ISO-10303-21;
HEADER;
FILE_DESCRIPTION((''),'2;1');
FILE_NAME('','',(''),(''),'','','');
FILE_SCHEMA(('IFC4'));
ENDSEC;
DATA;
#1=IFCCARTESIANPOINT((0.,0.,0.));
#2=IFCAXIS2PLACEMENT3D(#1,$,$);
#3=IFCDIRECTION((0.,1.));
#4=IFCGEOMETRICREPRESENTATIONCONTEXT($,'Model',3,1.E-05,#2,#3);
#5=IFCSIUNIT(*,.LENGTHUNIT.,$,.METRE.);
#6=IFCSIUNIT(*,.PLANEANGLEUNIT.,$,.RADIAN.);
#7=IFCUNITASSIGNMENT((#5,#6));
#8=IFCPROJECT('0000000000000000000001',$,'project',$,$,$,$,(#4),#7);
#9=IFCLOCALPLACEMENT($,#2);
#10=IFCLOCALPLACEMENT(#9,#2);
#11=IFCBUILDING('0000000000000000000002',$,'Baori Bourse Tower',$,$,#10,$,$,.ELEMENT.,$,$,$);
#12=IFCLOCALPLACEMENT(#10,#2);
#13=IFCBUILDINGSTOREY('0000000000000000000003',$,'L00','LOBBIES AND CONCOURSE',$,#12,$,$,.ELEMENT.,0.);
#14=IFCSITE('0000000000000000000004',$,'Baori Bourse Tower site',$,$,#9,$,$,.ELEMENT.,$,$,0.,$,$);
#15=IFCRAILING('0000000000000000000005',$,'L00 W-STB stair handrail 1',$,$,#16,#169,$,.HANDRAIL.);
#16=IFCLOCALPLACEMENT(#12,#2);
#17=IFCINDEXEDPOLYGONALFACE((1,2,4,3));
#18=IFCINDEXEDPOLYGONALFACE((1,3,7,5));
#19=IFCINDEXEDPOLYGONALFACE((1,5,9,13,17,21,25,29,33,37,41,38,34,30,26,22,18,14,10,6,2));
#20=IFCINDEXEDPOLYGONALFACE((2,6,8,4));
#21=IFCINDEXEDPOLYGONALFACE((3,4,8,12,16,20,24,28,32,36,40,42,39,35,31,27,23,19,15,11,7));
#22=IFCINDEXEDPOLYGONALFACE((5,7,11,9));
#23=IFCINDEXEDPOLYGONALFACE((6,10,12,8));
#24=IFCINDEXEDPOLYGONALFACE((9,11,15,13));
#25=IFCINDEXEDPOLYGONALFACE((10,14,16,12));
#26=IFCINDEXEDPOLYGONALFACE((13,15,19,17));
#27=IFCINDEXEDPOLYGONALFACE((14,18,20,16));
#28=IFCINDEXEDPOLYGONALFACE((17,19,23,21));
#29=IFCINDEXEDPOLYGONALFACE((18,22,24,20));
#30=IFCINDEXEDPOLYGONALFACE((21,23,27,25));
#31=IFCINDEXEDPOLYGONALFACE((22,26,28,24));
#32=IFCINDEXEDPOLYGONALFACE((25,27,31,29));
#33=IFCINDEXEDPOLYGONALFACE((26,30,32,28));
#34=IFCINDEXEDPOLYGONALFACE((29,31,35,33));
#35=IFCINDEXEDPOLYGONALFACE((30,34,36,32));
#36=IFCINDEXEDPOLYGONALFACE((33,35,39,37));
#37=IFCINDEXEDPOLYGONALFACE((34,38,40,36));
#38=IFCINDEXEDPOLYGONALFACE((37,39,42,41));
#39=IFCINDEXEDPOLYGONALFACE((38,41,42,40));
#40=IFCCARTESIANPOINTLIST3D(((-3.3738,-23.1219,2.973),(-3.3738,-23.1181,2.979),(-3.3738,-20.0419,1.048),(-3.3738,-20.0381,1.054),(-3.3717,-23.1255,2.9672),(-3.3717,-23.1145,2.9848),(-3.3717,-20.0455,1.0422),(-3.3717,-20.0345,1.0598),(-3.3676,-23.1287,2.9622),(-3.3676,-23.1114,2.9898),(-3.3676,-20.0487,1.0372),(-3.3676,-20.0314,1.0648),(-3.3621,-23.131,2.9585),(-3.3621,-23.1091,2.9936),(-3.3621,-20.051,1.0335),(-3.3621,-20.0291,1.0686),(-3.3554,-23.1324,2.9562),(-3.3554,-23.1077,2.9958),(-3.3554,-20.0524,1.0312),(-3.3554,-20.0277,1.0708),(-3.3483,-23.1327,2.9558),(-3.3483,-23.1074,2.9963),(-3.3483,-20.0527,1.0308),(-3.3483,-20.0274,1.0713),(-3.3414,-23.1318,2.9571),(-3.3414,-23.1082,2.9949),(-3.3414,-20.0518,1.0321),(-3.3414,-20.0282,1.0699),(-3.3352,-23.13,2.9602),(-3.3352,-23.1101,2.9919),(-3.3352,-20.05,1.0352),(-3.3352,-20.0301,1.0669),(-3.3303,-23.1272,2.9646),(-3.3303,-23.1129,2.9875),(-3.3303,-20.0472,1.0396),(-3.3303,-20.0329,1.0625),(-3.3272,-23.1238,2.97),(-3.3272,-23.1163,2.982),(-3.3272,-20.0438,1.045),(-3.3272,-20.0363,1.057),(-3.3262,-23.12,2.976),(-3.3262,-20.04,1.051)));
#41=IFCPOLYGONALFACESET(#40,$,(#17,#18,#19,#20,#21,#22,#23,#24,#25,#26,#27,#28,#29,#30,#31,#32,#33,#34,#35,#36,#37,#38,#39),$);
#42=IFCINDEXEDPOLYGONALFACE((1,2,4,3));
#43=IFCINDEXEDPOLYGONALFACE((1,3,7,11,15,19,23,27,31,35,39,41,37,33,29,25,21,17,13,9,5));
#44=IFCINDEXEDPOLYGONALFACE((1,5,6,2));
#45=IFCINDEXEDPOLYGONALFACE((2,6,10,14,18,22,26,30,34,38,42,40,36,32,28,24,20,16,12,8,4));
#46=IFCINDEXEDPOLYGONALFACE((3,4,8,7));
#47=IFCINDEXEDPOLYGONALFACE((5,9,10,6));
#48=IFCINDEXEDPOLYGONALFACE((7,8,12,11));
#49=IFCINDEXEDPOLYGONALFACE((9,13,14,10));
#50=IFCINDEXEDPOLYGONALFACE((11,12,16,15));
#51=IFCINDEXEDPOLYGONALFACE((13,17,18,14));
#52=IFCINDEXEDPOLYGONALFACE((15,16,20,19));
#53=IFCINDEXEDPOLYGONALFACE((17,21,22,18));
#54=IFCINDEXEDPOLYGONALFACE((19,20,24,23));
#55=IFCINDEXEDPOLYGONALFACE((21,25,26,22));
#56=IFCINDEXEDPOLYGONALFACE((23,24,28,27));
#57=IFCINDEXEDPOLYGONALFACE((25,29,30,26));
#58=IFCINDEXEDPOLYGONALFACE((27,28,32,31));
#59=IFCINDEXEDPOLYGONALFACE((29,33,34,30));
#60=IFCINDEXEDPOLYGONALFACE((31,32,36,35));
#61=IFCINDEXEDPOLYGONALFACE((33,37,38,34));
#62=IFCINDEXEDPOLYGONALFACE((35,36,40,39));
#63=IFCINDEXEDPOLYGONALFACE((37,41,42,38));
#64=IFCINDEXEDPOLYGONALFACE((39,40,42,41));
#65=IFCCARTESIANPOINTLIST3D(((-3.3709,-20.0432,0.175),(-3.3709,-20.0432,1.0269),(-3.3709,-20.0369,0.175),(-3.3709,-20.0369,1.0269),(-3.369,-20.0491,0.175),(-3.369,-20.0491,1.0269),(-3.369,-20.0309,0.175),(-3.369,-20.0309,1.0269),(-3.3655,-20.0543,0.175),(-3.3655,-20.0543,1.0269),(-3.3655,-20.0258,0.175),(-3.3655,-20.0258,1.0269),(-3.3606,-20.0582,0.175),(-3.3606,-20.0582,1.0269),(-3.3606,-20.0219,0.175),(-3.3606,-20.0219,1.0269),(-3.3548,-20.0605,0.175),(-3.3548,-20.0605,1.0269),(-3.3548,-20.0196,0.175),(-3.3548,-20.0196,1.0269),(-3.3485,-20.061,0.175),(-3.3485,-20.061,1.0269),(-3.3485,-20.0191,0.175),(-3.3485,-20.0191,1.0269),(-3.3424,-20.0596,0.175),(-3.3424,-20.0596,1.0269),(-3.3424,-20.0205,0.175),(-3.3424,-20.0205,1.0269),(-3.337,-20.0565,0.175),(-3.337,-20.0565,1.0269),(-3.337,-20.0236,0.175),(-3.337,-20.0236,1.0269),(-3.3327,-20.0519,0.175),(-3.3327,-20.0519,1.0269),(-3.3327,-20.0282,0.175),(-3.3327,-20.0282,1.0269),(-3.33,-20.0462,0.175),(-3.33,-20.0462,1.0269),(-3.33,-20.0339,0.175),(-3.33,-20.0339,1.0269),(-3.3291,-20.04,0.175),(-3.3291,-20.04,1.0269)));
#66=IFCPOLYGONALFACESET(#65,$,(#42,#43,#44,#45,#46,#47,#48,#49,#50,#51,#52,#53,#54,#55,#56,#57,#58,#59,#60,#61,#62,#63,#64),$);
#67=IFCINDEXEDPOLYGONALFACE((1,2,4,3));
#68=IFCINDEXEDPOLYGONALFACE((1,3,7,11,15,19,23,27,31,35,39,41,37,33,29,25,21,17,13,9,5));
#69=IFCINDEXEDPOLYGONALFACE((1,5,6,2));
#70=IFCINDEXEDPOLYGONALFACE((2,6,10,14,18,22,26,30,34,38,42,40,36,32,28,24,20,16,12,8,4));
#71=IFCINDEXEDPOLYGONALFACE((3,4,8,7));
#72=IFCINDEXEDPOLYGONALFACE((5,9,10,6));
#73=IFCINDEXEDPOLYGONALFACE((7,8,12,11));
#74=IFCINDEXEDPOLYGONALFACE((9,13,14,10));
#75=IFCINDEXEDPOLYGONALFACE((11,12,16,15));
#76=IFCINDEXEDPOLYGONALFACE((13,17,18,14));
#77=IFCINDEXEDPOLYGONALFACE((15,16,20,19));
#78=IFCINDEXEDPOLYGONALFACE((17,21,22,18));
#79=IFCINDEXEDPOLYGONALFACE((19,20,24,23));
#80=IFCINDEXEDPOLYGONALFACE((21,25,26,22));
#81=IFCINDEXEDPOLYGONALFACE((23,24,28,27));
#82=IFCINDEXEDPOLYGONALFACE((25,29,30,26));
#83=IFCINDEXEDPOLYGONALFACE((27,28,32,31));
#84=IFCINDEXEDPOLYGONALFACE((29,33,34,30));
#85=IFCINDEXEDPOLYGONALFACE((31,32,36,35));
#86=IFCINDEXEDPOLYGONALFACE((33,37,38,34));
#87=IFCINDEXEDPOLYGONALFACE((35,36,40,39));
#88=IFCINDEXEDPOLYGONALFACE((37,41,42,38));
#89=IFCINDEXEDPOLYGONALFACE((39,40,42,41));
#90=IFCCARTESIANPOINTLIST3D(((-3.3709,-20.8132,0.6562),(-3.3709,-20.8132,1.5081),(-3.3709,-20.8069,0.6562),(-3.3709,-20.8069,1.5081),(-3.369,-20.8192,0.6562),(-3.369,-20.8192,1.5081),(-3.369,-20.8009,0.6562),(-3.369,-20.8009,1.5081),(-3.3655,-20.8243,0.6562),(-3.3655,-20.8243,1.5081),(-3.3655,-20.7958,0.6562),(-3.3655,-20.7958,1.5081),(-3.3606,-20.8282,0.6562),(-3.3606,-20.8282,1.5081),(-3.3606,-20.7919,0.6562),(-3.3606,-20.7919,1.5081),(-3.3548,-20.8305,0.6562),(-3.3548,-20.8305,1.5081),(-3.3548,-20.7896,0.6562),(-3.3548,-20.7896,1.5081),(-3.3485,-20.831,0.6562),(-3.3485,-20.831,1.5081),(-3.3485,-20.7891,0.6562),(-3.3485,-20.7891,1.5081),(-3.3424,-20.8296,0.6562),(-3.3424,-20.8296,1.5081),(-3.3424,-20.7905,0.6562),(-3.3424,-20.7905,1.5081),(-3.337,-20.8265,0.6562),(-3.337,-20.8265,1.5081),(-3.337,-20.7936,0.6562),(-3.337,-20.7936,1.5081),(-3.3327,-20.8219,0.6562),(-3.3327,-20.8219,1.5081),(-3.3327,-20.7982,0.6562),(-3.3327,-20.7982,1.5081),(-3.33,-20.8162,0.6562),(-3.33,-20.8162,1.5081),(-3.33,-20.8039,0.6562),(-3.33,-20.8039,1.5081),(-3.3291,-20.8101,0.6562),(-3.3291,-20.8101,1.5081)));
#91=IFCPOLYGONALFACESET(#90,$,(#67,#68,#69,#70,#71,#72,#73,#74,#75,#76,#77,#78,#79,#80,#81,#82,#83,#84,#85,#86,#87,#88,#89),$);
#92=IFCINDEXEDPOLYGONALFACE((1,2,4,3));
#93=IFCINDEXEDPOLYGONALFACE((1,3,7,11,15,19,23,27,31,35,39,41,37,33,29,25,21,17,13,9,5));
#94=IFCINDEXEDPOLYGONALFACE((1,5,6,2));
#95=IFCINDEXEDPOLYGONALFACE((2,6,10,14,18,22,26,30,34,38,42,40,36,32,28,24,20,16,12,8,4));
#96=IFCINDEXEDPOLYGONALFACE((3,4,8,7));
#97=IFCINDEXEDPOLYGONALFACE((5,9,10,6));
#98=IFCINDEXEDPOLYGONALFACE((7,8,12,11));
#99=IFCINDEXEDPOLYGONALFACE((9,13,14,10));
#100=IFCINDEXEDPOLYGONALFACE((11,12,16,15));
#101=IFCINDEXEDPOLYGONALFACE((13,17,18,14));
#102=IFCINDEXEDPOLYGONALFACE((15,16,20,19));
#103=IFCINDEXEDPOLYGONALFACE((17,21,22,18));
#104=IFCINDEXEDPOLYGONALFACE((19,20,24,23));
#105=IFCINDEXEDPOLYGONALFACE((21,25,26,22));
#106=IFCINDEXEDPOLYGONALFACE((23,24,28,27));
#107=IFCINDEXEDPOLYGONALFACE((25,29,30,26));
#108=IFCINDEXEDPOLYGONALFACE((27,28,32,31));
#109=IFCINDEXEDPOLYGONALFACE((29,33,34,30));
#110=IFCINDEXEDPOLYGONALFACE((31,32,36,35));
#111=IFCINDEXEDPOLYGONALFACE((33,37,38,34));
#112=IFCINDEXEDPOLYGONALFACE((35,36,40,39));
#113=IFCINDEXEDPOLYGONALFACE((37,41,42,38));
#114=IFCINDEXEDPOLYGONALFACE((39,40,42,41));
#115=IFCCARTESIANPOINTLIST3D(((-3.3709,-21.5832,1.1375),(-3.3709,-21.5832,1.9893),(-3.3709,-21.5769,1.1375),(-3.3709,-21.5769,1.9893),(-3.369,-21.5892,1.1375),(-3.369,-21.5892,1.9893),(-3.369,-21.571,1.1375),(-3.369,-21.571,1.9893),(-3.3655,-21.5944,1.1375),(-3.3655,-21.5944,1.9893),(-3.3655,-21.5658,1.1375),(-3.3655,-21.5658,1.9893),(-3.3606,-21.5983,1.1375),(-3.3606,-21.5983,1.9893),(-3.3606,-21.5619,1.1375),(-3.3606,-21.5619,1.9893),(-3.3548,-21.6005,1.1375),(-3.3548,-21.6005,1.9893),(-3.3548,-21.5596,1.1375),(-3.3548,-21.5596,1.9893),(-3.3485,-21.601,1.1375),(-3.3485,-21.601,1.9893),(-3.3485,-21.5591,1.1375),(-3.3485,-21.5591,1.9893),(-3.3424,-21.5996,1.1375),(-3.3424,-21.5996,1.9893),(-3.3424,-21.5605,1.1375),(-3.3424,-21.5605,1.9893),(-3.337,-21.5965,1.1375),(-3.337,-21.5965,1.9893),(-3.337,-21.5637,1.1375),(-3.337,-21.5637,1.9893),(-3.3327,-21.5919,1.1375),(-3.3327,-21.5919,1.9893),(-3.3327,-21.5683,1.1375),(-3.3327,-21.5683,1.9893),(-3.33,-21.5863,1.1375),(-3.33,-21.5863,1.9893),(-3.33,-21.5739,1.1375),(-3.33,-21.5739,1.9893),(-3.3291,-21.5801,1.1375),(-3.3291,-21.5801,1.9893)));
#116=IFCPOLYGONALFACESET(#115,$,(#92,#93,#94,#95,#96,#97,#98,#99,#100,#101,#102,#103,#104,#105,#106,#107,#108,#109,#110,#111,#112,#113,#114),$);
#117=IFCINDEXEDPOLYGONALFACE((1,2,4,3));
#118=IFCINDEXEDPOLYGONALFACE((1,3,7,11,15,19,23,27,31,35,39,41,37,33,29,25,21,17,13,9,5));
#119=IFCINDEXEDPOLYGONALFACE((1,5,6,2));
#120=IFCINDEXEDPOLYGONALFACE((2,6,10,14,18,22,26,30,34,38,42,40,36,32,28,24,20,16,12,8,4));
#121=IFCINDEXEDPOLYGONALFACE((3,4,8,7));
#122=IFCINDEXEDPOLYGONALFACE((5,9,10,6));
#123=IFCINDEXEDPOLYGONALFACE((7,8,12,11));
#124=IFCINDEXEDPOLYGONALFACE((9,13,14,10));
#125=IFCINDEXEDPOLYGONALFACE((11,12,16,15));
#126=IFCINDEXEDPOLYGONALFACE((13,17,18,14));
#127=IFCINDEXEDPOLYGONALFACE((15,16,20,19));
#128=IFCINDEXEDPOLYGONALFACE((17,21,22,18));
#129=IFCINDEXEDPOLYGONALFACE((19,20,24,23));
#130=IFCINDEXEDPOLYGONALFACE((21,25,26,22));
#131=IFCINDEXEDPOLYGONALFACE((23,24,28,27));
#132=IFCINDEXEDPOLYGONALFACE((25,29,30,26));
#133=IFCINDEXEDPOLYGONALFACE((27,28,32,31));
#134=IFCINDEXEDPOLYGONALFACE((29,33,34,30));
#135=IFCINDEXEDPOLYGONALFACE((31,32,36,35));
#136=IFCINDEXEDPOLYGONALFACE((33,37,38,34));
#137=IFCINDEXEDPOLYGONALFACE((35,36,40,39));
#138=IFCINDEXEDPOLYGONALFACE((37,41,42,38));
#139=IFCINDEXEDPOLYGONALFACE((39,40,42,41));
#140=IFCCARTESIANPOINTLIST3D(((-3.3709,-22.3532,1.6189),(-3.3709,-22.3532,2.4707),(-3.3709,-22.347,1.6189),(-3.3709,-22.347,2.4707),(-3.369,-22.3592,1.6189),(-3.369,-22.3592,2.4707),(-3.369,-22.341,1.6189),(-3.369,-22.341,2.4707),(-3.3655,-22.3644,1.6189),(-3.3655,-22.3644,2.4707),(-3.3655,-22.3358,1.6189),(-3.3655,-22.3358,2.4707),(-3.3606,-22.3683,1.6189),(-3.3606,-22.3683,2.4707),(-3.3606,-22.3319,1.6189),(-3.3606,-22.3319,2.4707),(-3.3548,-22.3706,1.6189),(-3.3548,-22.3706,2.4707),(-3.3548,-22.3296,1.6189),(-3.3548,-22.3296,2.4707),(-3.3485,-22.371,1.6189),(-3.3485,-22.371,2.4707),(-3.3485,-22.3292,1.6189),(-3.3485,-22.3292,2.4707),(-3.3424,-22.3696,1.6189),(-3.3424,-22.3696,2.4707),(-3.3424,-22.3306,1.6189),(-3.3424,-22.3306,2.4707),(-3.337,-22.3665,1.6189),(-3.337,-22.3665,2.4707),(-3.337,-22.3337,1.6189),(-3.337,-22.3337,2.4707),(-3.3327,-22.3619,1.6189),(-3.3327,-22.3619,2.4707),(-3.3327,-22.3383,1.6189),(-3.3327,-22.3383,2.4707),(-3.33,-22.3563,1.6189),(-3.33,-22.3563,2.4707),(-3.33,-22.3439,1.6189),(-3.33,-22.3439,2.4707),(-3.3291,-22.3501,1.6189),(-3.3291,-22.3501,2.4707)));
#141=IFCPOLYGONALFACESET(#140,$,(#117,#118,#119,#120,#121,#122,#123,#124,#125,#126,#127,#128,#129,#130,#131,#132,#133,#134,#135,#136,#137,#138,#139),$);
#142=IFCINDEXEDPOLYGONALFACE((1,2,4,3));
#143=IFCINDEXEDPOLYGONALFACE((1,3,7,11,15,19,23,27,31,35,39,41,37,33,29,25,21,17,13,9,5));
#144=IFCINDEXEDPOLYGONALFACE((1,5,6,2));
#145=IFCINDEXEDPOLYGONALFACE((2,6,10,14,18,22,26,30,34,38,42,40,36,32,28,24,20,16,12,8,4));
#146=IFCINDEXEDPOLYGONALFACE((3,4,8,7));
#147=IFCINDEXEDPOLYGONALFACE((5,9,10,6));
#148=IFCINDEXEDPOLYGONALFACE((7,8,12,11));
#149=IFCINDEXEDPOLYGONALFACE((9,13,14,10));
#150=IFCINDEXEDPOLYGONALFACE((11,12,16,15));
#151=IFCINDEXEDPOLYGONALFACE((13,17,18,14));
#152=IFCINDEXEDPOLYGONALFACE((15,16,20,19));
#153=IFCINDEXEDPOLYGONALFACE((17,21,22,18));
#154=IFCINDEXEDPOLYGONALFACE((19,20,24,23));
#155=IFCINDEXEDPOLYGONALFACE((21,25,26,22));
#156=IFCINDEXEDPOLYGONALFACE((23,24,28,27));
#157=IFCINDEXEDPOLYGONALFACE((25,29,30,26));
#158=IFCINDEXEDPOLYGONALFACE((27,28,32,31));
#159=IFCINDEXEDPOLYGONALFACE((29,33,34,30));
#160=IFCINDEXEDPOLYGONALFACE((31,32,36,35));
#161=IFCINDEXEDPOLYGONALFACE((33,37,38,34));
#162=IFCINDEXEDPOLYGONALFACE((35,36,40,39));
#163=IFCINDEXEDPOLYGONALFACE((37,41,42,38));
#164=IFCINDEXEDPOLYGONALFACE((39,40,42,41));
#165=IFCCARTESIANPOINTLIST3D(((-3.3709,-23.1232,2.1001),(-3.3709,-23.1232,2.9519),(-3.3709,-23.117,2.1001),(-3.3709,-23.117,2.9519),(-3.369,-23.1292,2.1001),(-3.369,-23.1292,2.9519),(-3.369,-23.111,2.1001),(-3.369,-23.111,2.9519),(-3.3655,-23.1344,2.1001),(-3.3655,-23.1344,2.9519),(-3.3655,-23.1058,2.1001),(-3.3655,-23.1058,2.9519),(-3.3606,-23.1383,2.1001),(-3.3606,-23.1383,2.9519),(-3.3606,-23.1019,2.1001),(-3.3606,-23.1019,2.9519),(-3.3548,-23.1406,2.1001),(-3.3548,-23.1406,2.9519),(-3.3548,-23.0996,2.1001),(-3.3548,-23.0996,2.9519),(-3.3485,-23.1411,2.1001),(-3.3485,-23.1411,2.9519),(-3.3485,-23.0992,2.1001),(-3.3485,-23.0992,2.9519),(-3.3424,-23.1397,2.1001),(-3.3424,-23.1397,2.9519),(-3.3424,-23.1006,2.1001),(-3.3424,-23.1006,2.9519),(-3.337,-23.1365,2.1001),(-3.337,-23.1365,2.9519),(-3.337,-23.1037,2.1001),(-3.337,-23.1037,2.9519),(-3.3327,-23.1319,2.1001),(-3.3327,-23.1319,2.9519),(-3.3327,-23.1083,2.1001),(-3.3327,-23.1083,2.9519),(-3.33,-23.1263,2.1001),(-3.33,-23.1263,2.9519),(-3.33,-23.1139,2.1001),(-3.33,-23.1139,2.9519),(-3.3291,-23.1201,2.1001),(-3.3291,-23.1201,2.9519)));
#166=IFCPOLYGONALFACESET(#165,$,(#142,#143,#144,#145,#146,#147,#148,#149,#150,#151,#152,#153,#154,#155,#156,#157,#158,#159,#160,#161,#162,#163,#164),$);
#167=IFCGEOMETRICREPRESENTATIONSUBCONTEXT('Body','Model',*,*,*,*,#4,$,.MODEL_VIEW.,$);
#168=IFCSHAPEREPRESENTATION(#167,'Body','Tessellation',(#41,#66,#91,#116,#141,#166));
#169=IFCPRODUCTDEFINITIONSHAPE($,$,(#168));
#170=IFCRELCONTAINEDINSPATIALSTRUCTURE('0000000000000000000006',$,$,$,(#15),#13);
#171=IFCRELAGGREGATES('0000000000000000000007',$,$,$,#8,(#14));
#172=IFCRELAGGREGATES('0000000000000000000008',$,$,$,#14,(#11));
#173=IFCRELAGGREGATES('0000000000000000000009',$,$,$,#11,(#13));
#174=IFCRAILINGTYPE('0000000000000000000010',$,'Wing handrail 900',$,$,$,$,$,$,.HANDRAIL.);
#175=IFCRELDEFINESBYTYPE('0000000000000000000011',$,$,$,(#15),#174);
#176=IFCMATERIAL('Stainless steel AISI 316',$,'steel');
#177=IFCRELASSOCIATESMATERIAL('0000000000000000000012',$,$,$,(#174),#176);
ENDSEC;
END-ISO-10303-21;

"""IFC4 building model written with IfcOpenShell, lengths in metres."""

from ifc_helpers import new_model, si_unit, direction, frame, origin, origin_2d, place, context, subcontext, project, spatial, circle, extrude, material, type_object, element, save


model = new_model("IFC4")

# Units and contexts
model_context = context("Model", 3, precision=1e-05, world=origin(), true_north=direction((0.0, 1.0)))
body_context = subcontext(model_context, "Body", "Model", "MODEL_VIEW")
ifc_project = project(units=[si_unit("LENGTHUNIT", "METRE"), si_unit("PLANEANGLEUNIT", "RADIAN")], contexts=[model_context])

# Site, building, storey
site_placement = place(None, origin())
site = spatial("IfcSite", under=ifc_project, at=site_placement, Name="Baori Bourse Tower site", CompositionType="ELEMENT", RefElevation=0.0)
building_placement = place(site_placement, origin())
building = spatial("IfcBuilding", under=site, at=building_placement, Name="Baori Bourse Tower", CompositionType="ELEMENT")
storey_placement = place(building_placement, origin())
storey = spatial("IfcBuildingStorey", under=building, at=storey_placement, Name="L00", Description="LOBBIES AND CONCOURSE", CompositionType="ELEMENT", Elevation=0.0)

# Railing
ifc_material_1 = material(Name="Stainless steel AISI 316", Category="steel")
railing_type_1 = type_object("IfcRailingType", Name="Wing handrail 900", PredefinedType="HANDRAIL", material=ifc_material_1)
for number, where, name in (
    (1, (-3.3501, -20.04, 0.175), "L00 W-STB stair handrail 1"),
):
    element("IfcRailing", number, at=place(storey_placement, frame(where)), inside=storey, type_object=railing_type_1, Name=name, PredefinedType="HANDRAIL", context=body_context, shape_type="SweptSolid", body=[
        extrude(circle(Radius=0.0239, at=origin_2d()), frame((0.0, 0.0, 0.876), z_axis=(0.0, -0.847998, 0.529999), x_axis=(1.0, 0.0, 0.0)), (0.0, 0.0, 1.0), 3.6321),
        extrude(circle(Radius=0.021, at=origin_2d()), origin(), (0.0, 0.0, 1.0), 0.8518),
        extrude(circle(Radius=0.021, at=origin_2d()), frame((0.0, -0.77, 0.4812)), (0.0, 0.0, 1.0), 0.8518),
        extrude(circle(Radius=0.021, at=origin_2d()), frame((0.0, -1.54, 0.9624)), (0.0, 0.0, 1.0), 0.8518),
        extrude(circle(Radius=0.021, at=origin_2d()), frame((0.0, -2.3101, 1.4438)), (0.0, 0.0, 1.0), 0.8518),
        extrude(circle(Radius=0.021, at=origin_2d()), frame((0.0, -3.0801, 1.925)), (0.0, 0.0, 1.0), 0.8518),
    ])

save(model, "model.ifc")
